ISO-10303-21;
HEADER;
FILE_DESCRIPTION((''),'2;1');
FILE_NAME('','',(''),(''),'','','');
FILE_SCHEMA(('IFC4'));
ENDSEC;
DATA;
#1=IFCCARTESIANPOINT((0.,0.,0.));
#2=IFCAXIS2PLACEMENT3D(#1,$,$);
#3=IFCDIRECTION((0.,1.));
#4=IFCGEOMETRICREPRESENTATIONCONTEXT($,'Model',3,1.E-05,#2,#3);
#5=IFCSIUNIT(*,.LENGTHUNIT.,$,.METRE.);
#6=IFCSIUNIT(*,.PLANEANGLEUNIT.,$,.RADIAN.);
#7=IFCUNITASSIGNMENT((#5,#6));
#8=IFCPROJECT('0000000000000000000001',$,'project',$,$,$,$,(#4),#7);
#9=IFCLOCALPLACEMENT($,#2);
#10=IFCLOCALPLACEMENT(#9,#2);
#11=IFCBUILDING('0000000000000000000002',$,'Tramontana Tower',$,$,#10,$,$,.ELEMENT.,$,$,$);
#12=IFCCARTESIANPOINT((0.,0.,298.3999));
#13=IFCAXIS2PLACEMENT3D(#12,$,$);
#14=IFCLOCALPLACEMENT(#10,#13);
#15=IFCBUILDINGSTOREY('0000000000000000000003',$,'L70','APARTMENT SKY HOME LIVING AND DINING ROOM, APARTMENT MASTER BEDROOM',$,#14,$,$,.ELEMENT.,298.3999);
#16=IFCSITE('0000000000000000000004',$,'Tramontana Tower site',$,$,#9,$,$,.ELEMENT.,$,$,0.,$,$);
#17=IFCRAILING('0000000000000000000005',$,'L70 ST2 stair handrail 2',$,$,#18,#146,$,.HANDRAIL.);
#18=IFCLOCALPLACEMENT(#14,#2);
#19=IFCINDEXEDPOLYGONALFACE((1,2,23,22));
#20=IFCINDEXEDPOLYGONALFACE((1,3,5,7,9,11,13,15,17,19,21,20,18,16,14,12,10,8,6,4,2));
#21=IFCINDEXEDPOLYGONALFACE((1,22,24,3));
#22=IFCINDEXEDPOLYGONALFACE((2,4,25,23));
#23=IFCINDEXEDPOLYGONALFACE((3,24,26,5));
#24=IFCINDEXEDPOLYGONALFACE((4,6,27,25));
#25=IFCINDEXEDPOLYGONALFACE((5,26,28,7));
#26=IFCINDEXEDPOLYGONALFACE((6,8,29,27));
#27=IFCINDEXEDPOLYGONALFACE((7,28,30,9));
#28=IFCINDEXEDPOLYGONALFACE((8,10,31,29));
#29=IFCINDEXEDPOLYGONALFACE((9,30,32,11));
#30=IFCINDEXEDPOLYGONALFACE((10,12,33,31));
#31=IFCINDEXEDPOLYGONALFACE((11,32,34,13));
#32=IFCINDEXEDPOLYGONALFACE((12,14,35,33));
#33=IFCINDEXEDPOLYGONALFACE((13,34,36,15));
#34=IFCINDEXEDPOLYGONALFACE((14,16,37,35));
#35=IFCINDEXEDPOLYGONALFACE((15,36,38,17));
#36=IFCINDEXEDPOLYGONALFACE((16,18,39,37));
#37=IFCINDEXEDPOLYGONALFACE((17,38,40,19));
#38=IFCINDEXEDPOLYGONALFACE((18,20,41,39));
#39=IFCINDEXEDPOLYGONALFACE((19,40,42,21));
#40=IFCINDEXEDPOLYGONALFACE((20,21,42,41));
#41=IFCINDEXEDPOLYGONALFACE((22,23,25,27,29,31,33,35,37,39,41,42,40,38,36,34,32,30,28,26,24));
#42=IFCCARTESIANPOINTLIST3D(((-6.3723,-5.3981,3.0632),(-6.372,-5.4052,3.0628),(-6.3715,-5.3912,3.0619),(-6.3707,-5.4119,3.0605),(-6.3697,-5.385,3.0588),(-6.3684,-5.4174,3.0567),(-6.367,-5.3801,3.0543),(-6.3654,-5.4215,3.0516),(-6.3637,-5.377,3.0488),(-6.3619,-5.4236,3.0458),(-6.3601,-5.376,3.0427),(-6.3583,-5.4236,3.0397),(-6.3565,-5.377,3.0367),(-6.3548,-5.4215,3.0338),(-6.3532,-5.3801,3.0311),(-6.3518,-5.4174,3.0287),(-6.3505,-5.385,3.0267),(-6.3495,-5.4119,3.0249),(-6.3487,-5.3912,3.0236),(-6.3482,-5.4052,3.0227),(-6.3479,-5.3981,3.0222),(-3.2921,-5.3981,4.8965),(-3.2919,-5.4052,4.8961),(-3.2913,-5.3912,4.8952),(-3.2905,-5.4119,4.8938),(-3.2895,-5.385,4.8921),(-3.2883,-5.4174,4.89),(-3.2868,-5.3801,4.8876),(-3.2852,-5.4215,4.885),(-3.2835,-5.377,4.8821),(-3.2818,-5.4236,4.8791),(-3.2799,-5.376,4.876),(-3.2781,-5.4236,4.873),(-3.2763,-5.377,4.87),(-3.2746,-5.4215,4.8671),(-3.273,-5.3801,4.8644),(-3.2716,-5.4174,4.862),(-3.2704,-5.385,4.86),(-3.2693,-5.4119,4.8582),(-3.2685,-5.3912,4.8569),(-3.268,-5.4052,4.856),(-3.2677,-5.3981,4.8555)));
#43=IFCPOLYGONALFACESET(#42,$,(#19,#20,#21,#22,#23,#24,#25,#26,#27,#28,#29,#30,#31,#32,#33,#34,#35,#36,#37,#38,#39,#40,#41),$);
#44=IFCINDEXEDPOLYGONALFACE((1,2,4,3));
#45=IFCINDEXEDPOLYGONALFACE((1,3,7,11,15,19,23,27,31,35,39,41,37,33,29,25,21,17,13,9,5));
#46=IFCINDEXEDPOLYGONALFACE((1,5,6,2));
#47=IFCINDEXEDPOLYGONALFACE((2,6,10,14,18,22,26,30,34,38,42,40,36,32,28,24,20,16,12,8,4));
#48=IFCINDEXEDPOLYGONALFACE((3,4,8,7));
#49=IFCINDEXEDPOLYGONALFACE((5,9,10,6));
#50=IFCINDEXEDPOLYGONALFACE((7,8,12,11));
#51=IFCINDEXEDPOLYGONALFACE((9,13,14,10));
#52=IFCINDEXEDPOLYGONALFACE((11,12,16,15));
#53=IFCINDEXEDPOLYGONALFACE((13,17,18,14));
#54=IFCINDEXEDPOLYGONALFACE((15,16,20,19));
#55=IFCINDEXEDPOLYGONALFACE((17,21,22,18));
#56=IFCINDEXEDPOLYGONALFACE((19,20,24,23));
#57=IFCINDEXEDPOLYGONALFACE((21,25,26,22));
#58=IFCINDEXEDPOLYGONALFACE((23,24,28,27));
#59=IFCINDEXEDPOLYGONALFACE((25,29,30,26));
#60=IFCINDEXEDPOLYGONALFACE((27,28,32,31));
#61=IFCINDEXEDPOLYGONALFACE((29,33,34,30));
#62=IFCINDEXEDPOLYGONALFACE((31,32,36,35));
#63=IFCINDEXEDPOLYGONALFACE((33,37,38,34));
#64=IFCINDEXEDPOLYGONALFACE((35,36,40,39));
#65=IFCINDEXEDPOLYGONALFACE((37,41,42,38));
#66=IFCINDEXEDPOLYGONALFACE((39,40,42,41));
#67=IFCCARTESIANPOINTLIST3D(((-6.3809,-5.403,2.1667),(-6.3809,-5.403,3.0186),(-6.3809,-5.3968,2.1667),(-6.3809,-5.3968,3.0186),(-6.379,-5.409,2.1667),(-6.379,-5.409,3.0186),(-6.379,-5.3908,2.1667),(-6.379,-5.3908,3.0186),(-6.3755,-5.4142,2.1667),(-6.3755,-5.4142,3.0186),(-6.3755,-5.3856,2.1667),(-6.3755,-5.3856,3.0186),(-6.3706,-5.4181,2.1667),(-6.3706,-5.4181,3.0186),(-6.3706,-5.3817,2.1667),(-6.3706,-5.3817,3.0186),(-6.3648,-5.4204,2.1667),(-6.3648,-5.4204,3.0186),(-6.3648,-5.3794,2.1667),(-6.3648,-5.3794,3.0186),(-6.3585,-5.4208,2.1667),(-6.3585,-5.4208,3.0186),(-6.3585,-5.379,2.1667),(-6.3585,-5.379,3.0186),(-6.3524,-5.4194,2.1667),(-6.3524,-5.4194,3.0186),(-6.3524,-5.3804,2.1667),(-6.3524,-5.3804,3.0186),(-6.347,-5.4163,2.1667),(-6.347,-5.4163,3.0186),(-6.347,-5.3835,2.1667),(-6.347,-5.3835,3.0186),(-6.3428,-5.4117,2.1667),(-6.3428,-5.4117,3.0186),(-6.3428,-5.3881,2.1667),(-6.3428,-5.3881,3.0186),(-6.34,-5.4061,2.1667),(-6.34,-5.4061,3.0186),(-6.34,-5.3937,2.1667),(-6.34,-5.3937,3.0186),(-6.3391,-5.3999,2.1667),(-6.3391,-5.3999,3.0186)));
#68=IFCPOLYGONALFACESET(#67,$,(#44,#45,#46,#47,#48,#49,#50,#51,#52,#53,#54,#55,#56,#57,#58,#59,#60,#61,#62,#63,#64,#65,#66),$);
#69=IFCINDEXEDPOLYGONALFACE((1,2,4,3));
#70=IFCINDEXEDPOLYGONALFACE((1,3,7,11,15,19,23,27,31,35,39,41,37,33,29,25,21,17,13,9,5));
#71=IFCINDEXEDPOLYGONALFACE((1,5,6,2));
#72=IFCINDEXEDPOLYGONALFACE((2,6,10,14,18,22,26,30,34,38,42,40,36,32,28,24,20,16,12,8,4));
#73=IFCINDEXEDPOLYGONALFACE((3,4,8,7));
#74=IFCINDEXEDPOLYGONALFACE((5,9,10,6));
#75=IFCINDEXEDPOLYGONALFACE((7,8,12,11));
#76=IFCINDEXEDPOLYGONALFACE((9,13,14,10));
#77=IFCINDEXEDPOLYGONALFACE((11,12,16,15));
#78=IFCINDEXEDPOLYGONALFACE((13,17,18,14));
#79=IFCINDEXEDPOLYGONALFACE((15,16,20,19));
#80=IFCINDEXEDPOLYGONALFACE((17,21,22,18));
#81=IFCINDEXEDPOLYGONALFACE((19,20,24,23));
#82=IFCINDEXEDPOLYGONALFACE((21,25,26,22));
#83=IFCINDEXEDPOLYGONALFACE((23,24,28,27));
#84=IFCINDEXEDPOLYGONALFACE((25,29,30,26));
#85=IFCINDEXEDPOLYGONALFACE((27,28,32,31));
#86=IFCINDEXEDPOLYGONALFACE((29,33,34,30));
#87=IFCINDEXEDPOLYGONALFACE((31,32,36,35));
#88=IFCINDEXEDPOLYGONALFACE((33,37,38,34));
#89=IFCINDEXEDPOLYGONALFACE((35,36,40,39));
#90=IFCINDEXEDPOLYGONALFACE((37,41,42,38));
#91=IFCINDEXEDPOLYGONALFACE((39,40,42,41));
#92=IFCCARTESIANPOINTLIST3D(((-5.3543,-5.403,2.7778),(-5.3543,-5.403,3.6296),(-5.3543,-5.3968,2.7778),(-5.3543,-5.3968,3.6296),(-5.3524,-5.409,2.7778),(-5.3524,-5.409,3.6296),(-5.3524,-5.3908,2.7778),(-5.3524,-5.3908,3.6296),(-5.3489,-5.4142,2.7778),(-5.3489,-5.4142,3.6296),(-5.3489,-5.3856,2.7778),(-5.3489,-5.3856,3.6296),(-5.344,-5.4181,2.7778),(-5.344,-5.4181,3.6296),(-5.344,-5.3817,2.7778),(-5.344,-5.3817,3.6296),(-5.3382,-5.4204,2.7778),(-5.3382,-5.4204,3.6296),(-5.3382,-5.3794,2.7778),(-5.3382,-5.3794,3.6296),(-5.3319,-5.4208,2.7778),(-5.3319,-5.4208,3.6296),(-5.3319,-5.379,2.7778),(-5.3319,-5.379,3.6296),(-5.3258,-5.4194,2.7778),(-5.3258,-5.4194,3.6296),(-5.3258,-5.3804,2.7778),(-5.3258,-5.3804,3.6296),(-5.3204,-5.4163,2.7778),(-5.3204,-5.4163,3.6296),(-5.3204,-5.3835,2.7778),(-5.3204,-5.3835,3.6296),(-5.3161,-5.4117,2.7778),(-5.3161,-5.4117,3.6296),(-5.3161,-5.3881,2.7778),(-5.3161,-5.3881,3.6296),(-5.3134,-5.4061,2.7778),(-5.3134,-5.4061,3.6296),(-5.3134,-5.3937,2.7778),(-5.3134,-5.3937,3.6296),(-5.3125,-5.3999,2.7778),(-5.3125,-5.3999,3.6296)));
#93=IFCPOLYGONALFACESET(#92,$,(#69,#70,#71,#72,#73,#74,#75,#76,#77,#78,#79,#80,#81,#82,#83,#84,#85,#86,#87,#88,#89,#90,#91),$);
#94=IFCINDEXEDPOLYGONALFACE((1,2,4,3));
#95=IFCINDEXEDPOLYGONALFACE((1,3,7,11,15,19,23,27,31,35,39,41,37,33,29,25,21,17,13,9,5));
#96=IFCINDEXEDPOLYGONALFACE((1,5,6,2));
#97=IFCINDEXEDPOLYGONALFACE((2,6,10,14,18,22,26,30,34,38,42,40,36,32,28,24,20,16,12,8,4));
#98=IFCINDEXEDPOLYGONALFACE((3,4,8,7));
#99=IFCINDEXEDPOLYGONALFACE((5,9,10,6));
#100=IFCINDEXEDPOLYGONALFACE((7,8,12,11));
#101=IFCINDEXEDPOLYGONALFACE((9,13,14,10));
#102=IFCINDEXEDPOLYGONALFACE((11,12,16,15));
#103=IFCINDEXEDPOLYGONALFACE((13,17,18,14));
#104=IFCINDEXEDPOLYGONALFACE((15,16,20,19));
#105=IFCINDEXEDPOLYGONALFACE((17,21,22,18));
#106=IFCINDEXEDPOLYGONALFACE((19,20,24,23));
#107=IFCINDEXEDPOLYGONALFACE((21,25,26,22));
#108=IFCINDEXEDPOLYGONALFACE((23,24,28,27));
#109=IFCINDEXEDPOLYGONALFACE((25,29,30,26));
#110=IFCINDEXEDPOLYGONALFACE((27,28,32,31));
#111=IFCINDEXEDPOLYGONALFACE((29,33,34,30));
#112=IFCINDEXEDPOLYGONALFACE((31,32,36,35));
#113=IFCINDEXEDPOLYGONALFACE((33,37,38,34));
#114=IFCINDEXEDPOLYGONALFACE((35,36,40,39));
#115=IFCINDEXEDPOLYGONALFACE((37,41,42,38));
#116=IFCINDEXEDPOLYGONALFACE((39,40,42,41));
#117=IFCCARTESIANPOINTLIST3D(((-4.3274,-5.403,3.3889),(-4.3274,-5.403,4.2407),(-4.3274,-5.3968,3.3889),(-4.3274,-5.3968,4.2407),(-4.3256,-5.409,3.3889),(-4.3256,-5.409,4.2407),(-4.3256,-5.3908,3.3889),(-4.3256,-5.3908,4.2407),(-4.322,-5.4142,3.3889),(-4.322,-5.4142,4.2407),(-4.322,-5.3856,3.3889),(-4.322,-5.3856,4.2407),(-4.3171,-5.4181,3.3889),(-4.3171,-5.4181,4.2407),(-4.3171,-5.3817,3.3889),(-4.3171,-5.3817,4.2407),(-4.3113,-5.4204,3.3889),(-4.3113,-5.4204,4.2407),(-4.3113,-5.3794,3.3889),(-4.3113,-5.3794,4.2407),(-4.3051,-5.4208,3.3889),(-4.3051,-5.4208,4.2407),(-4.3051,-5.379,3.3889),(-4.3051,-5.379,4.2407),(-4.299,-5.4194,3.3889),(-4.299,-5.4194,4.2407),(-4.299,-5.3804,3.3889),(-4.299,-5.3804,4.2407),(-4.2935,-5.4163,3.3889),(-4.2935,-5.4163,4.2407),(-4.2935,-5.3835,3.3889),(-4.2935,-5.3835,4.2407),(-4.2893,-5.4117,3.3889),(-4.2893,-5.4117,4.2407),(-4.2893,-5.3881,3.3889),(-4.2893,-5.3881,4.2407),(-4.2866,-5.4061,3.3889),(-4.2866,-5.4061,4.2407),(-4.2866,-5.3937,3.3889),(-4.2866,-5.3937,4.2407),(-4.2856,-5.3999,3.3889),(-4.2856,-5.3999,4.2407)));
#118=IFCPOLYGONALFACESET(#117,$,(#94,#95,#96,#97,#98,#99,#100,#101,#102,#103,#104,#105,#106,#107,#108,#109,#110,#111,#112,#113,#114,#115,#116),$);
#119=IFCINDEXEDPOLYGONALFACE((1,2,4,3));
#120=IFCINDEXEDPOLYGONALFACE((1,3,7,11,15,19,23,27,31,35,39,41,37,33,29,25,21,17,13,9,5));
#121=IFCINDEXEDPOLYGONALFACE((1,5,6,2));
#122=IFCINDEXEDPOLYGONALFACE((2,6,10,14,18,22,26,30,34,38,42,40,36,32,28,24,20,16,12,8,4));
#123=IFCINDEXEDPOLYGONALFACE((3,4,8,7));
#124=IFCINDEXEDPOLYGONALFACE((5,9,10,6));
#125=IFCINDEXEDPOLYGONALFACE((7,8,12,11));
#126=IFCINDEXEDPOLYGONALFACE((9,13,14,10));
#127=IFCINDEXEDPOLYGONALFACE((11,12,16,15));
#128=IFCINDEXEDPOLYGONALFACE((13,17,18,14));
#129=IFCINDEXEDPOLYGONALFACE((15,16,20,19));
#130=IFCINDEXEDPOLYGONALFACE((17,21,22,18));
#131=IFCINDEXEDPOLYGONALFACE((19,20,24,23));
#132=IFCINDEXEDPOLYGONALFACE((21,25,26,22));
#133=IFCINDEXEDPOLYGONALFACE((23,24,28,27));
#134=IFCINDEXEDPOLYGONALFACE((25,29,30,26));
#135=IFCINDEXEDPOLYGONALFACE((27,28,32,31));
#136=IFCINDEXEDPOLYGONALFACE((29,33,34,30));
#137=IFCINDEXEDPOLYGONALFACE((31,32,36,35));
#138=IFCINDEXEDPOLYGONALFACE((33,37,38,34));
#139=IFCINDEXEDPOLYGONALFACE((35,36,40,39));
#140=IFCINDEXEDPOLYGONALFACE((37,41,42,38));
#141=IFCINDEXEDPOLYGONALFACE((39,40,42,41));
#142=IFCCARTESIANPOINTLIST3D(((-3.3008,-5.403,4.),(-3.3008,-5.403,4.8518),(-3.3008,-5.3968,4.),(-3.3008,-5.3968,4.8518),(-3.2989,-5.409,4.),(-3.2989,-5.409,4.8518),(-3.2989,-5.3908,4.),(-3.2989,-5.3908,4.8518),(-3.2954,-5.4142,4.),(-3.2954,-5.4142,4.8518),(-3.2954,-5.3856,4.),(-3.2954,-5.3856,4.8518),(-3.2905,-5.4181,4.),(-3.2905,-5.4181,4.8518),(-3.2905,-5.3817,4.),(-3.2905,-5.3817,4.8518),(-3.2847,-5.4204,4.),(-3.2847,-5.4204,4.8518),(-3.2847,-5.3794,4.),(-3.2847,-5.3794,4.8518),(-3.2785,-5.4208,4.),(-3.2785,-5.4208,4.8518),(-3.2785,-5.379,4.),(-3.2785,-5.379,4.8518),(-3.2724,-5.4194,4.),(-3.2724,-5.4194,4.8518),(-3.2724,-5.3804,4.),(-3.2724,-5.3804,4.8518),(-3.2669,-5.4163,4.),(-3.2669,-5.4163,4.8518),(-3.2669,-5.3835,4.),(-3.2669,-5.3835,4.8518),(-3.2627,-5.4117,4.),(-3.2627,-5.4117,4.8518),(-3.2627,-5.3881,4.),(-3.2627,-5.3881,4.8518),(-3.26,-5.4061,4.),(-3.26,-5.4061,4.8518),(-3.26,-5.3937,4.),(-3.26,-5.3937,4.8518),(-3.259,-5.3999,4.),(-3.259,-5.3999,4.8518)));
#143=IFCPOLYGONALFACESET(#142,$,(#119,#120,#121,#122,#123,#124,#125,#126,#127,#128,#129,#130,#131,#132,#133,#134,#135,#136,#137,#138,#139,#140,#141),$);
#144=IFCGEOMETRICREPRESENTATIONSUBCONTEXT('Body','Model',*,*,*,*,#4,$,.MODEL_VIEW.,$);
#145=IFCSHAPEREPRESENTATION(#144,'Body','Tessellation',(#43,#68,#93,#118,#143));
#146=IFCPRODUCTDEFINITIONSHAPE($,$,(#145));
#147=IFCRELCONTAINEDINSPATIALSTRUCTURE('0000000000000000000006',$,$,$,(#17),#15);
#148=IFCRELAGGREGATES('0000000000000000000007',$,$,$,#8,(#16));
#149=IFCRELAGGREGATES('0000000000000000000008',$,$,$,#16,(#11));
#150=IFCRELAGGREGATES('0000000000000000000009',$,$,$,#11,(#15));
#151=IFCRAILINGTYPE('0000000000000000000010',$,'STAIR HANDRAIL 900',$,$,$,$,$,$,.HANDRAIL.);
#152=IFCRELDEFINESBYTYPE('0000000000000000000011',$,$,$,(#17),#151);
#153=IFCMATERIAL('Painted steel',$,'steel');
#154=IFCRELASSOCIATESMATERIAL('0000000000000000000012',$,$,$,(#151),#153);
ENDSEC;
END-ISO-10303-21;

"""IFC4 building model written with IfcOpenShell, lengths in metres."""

from ifc_helpers import new_model, si_unit, direction, frame, origin, origin_2d, place, context, subcontext, project, spatial, circle, extrude, material, type_object, element, save


model = new_model("IFC4")

# Units and contexts
model_context = context("Model", 3, precision=1e-05, world=origin(), true_north=direction((0.0, 1.0)))
body_context = subcontext(model_context, "Body", "Model", "MODEL_VIEW")
ifc_project = project(units=[si_unit("LENGTHUNIT", "METRE"), si_unit("PLANEANGLEUNIT", "RADIAN")], contexts=[model_context])

# Site, building, storey
site_placement = place(None, origin())
site = spatial("IfcSite", under=ifc_project, at=site_placement, Name="Tramontana Tower site", CompositionType="ELEMENT", RefElevation=0.0)
building_placement = place(site_placement, origin())
building = spatial("IfcBuilding", under=site, at=building_placement, Name="Tramontana Tower", CompositionType="ELEMENT")
storey_placement = place(building_placement, frame((0.0, 0.0, 298.3999)))
storey = spatial("IfcBuildingStorey", under=building, at=storey_placement, Name="L70", Description="APARTMENT SKY HOME LIVING AND DINING ROOM, APARTMENT MASTER BEDROOM", CompositionType="ELEMENT", Elevation=298.3999)

# Railing
ifc_material_1 = material(Name="Painted steel", Category="steel")
railing_type_1 = type_object("IfcRailingType", Name="STAIR HANDRAIL 900", PredefinedType="HANDRAIL", material=ifc_material_1)
railing_1_placement = place(storey_placement, frame((-6.3601, -5.3999, 2.1667)))
element("IfcRailing", 1, at=railing_1_placement, inside=storey, type_object=railing_type_1, Name="L70 ST2 stair handrail 2", PredefinedType="HANDRAIL", context=body_context, shape_type="SweptSolid", body=[
    extrude(circle(Radius=0.0239, at=origin_2d()), frame((0.0, 0.0, 0.876), z_axis=(0.859309, 0.0, 0.511458), x_axis=(0.0, 1.0, 0.0)), (0.0, 0.0, 1.0), 3.5845),
    extrude(circle(Radius=0.021, at=origin_2d()), origin(), (0.0, 0.0, 1.0), 0.8518),
    extrude(circle(Radius=0.021, at=origin_2d()), frame((1.0266, 0.0, 0.6111)), (0.0, 0.0, 1.0), 0.8518),
    extrude(circle(Radius=0.021, at=origin_2d()), frame((2.0535, 0.0, 1.2222)), (0.0, 0.0, 1.0), 0.8518),
    extrude(circle(Radius=0.021, at=origin_2d()), frame((3.0801, 0.0, 1.8333)), (0.0, 0.0, 1.0), 0.8518),
])

save(model, "model.ifc")
